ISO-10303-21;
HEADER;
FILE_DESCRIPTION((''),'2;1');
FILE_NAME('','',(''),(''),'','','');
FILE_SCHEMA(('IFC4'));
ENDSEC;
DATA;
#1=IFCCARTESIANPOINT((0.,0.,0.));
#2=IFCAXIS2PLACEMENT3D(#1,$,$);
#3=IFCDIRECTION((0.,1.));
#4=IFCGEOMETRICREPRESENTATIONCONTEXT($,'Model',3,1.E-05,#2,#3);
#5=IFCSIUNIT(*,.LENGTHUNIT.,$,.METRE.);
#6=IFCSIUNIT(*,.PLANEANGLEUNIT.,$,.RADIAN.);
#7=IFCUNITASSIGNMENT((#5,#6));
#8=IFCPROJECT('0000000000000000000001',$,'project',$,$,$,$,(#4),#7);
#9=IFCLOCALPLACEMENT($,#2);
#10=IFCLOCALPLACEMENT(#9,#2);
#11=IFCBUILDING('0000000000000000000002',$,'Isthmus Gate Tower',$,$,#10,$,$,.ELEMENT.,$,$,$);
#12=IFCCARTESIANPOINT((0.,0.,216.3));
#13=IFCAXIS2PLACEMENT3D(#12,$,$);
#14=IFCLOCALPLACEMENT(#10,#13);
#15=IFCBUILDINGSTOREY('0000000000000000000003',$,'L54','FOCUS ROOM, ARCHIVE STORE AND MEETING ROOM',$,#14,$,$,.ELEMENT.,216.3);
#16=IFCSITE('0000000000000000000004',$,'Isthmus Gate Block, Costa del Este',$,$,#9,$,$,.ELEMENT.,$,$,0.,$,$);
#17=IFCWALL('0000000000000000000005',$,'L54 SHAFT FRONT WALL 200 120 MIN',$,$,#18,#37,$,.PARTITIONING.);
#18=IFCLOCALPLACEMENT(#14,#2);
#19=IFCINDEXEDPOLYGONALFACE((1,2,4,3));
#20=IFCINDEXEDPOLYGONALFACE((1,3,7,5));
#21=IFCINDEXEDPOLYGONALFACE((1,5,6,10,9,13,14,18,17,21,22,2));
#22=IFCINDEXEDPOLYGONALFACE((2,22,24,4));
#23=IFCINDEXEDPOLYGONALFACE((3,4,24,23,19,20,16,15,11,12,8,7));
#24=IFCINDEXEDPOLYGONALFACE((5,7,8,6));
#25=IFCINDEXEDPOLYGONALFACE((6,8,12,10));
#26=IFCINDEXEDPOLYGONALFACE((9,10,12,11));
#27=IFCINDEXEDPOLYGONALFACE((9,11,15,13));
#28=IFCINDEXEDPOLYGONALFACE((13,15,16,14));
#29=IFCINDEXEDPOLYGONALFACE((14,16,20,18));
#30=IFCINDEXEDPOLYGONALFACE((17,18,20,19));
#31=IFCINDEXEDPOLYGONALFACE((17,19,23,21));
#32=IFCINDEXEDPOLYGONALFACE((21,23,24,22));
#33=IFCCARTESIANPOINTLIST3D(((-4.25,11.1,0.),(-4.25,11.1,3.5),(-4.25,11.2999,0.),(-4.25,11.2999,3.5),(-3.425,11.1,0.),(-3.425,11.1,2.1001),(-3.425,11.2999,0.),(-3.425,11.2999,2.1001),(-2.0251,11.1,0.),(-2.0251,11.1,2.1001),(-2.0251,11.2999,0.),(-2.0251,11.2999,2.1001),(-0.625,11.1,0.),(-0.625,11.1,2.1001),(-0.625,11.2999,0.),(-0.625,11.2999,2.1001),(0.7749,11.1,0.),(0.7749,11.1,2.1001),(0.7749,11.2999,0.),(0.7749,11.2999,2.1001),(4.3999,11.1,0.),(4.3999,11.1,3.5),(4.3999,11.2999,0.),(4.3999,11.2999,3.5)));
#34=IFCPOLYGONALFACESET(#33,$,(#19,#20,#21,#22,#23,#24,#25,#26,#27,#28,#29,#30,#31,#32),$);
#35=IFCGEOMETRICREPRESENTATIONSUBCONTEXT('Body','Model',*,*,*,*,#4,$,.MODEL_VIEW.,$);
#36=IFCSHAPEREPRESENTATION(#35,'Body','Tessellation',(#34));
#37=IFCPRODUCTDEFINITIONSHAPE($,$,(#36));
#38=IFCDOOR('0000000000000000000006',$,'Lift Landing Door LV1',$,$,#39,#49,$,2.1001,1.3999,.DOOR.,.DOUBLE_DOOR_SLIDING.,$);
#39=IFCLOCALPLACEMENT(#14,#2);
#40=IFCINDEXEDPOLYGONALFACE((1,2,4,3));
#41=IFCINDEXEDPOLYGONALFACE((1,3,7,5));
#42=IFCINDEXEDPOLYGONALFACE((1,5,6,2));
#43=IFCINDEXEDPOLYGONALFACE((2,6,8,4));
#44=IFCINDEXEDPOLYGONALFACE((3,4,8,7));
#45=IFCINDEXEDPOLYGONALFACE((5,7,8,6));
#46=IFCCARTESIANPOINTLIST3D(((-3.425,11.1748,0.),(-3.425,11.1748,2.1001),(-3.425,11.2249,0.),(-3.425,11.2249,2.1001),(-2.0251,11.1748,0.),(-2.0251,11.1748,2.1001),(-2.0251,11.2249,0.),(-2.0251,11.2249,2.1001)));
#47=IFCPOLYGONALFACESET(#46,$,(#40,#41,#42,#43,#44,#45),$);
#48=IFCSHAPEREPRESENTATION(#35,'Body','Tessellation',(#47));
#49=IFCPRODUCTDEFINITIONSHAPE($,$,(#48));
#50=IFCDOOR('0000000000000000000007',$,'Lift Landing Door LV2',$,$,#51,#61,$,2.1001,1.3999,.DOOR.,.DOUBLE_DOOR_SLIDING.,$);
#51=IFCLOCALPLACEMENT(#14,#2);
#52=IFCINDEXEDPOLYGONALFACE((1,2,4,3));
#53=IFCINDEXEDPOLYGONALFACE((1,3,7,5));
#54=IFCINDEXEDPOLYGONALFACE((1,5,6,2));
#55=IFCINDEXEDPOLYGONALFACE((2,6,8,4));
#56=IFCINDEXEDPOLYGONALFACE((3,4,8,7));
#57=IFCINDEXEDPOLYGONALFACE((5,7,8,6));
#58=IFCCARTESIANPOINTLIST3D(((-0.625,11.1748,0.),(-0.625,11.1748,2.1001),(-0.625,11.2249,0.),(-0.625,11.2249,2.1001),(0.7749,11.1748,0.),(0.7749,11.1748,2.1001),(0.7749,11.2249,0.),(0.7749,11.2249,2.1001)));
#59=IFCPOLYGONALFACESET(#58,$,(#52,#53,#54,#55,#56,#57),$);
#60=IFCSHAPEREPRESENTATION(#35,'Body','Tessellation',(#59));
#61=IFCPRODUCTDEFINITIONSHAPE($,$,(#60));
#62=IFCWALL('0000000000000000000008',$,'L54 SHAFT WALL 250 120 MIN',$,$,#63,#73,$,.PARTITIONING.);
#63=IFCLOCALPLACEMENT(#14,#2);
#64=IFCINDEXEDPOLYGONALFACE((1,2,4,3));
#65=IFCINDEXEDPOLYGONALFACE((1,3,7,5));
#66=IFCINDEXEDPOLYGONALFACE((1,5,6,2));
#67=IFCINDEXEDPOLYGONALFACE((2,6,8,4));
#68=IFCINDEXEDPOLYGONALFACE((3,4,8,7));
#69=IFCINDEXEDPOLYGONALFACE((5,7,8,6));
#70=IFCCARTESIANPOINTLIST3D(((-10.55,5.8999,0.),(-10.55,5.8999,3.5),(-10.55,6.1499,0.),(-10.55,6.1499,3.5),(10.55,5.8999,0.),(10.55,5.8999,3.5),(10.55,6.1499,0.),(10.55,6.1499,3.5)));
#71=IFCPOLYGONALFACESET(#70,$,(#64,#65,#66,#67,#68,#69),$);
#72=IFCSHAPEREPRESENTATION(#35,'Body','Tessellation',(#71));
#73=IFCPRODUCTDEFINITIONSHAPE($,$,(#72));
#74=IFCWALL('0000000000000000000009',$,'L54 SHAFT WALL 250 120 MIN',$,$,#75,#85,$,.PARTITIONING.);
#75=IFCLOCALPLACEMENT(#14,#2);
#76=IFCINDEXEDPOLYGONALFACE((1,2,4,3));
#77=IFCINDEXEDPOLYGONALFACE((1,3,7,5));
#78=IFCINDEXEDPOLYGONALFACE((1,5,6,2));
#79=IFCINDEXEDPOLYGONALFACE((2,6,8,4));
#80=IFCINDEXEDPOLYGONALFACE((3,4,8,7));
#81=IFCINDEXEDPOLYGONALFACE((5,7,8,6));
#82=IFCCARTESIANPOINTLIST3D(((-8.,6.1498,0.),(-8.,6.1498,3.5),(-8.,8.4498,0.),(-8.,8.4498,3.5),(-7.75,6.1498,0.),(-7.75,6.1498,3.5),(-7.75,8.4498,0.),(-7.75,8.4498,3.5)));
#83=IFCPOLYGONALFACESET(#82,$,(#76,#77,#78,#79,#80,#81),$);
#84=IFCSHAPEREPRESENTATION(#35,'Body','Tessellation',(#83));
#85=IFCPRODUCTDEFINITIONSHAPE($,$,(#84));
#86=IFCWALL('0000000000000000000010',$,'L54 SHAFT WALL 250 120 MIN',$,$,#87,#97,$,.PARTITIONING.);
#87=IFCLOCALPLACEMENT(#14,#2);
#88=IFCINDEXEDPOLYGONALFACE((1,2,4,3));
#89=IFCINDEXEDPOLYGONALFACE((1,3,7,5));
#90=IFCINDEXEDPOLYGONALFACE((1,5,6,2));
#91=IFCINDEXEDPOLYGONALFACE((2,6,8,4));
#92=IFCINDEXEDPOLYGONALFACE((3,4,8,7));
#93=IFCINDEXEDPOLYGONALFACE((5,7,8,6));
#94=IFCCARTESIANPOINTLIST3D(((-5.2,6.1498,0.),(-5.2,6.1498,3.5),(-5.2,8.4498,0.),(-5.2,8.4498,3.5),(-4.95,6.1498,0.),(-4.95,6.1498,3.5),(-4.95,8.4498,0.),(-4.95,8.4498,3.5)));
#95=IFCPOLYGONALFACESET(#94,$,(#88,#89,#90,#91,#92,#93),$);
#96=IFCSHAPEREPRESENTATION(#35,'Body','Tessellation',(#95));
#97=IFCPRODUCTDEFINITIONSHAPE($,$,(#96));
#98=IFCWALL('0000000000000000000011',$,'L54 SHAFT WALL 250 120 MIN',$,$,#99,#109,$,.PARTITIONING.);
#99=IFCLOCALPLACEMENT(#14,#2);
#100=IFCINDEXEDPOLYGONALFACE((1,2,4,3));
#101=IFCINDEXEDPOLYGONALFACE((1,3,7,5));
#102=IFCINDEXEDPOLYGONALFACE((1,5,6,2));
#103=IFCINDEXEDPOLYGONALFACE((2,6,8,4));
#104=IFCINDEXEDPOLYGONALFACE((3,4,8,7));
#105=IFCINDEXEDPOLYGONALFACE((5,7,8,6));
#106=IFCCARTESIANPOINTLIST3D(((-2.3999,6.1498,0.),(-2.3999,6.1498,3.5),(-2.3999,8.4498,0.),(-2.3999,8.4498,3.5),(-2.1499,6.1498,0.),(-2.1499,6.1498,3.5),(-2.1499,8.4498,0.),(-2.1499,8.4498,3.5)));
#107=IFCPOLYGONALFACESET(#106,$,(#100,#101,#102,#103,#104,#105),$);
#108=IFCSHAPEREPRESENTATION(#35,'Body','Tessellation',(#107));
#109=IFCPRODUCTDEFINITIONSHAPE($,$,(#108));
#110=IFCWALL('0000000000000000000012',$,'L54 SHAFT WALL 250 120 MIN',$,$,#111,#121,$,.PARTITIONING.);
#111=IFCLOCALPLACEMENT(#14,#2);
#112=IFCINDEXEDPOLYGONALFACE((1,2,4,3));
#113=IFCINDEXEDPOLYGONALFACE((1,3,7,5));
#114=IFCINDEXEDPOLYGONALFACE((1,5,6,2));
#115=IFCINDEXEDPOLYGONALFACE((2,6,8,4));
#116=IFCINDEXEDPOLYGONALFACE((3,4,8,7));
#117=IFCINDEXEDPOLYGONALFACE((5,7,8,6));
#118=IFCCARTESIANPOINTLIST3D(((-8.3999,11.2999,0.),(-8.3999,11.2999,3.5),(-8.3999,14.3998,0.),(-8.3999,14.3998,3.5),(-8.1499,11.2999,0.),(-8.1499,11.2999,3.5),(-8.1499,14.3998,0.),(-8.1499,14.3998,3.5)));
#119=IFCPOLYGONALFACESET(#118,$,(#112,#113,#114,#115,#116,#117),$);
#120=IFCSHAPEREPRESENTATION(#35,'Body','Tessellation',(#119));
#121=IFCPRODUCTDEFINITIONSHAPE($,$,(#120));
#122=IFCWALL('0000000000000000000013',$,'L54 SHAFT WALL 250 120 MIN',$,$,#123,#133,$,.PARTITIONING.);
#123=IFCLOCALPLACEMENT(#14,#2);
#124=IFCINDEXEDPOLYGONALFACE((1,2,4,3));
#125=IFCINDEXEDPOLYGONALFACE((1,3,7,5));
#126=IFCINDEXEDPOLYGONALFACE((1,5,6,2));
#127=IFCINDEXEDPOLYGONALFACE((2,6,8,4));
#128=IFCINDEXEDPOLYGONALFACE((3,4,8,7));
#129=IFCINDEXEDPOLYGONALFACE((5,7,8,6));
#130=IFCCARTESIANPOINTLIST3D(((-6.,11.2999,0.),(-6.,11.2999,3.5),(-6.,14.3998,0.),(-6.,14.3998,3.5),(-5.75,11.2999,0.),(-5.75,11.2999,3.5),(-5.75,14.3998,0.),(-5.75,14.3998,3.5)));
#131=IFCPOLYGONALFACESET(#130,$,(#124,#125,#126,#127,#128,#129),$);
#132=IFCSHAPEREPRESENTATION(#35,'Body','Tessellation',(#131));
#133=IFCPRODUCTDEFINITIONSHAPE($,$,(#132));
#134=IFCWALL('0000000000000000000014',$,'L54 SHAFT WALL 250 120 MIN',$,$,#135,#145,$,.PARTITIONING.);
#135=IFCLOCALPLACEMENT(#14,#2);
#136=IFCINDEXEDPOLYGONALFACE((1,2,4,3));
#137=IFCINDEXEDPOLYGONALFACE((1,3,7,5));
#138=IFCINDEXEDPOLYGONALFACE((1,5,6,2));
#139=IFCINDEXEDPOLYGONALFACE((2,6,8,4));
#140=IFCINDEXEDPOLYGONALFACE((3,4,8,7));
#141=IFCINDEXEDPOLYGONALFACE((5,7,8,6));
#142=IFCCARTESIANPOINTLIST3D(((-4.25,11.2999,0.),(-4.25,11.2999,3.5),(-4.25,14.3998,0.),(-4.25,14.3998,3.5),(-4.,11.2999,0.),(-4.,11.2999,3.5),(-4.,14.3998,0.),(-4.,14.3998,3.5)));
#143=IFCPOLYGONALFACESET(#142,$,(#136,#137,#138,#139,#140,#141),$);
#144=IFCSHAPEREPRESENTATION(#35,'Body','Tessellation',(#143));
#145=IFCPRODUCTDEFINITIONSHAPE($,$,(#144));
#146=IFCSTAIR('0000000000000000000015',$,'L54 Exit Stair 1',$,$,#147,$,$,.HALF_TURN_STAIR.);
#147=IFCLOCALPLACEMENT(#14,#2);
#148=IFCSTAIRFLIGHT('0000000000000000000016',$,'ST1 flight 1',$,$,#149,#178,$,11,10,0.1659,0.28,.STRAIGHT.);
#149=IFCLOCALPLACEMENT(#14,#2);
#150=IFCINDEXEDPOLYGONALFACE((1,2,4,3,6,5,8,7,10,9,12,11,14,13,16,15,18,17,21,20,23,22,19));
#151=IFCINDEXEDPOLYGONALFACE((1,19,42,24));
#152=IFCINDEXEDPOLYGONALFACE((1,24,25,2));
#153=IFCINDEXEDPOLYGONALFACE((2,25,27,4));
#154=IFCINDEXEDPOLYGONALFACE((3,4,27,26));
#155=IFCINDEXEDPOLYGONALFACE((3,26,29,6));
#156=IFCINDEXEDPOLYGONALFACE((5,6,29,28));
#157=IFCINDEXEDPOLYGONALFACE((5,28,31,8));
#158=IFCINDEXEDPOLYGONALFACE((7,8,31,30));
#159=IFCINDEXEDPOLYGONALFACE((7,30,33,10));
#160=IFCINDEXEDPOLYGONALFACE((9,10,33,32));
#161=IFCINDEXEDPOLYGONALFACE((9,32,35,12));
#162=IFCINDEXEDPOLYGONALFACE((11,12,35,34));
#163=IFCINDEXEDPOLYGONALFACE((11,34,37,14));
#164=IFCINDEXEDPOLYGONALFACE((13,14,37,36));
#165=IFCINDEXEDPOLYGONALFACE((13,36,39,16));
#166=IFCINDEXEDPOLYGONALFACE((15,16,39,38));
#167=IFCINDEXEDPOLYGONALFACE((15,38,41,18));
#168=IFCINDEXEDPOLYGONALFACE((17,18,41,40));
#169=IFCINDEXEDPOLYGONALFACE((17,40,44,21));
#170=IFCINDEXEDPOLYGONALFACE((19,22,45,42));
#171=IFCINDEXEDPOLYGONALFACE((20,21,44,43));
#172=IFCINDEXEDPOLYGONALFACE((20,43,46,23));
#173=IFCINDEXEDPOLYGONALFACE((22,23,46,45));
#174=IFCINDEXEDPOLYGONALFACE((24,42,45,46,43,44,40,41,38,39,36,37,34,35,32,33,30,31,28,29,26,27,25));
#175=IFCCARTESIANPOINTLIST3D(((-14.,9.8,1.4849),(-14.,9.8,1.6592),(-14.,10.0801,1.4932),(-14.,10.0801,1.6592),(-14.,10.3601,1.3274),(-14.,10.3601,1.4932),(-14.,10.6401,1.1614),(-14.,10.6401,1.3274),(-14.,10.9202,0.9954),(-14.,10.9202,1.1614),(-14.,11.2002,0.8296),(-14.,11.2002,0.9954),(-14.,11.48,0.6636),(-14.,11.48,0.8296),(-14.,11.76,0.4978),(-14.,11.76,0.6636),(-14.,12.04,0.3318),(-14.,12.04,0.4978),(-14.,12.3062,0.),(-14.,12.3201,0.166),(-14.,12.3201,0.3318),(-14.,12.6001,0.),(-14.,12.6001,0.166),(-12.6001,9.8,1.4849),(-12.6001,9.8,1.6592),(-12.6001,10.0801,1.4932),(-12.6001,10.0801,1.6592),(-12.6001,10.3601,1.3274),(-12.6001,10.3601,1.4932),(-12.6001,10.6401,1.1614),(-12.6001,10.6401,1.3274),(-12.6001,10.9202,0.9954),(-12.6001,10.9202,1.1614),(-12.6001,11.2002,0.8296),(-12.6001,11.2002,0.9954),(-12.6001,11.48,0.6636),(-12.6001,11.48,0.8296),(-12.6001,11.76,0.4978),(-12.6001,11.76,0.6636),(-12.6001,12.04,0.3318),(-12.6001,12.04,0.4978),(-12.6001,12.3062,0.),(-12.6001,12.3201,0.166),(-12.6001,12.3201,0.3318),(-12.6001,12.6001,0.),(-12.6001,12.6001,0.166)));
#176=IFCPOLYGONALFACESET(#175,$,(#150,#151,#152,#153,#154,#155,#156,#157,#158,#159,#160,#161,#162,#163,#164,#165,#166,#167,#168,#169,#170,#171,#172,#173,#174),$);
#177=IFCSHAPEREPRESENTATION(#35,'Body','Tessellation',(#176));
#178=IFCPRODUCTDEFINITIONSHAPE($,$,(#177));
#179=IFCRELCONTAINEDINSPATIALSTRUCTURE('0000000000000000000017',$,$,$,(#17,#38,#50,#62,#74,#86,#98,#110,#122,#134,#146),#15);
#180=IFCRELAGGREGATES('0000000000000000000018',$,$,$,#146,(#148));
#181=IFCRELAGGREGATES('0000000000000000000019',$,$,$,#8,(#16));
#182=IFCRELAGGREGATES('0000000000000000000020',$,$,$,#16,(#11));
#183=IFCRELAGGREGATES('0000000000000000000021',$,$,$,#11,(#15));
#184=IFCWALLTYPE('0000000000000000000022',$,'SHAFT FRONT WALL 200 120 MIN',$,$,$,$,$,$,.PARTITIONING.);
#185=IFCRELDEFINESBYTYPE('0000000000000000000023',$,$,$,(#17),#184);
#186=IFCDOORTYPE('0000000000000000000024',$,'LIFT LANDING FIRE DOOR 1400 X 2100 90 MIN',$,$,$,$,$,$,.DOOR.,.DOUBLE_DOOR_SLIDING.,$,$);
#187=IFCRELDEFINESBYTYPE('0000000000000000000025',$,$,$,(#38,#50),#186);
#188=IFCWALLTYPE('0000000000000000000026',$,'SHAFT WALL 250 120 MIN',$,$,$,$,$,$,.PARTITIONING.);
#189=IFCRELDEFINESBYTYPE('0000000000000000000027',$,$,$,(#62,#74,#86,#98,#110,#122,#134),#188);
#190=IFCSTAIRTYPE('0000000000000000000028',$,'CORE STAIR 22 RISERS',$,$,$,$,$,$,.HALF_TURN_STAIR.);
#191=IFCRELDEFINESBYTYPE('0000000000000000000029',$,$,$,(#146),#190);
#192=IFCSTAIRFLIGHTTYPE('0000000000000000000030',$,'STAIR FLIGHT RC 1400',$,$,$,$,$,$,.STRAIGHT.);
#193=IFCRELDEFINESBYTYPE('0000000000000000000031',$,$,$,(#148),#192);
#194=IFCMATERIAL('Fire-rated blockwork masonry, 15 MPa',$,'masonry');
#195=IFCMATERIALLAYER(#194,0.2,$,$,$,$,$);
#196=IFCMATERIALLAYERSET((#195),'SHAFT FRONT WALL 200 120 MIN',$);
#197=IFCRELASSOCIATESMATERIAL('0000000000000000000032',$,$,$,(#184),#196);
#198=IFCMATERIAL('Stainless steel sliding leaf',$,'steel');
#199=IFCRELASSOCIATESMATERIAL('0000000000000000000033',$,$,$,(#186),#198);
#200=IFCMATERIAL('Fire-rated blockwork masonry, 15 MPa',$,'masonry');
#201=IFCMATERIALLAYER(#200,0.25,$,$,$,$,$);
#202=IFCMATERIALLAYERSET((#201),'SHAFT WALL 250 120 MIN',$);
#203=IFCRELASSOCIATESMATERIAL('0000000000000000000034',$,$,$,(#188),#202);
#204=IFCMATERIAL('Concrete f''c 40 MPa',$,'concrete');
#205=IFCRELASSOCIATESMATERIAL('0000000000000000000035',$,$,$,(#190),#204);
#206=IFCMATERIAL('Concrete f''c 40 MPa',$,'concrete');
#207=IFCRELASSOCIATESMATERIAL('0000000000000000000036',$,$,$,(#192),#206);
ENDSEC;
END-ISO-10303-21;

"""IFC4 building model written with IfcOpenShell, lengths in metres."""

from ifc_helpers import new_model, si_unit, direction, frame, frame_2d, origin, place, context, subcontext, project, spatial, polyline, rectangle, outline, extrude, material, layer, layer_set, type_object, element, fill, aggregate, save


model = new_model("IFC4")

# Units and contexts
model_context = context("Model", 3, precision=1e-05, world=origin(), true_north=direction((0.0, 1.0)))
body_context = subcontext(model_context, "Body", "Model", "MODEL_VIEW")
ifc_project = project(units=[si_unit("LENGTHUNIT", "METRE"), si_unit("PLANEANGLEUNIT", "RADIAN")], contexts=[model_context])

# Site, building, storey
site_placement = place(None, origin())
site = spatial("IfcSite", under=ifc_project, at=site_placement, Name="Isthmus Gate Block, Costa del Este", CompositionType="ELEMENT", RefElevation=0.0)
building_placement = place(site_placement, origin())
building = spatial("IfcBuilding", under=site, at=building_placement, Name="Isthmus Gate Tower", CompositionType="ELEMENT")
storey_placement = place(building_placement, frame((0.0, 0.0, 216.3)))
storey = spatial("IfcBuildingStorey", under=building, at=storey_placement, Name="L54", Description="FOCUS ROOM, ARCHIVE STORE AND MEETING ROOM", CompositionType="ELEMENT", Elevation=216.3)

# Shared definitions
ifc_material_1 = material(Name="Fire-rated blockwork masonry, 15 MPa", Category="masonry")
ifc_layer_1 = layer(ifc_material_1, 0.2)
ifc_layer_set_1 = layer_set([ifc_layer_1], Name="SHAFT FRONT WALL 200 120 MIN")
wall_type_1 = type_object("IfcWallType", Name="SHAFT FRONT WALL 200 120 MIN", PredefinedType="PARTITIONING", material=ifc_layer_set_1)

# Wall, openings, doors
wall_1_placement = place(storey_placement, frame((-4.25, 11.2, 0.0), z_axis=(0.0, 0.0, 1.0), x_axis=(1.0, 0.0, 0.0)))
wall_1 = element("IfcWall", 1, at=wall_1_placement, inside=storey, type_object=wall_type_1, Name="L54 SHAFT FRONT WALL 200 120 MIN", PredefinedType="PARTITIONING", context=body_context, shape_type="SweptSolid", body=[
    extrude(rectangle(XDim=8.6499, YDim=0.2, at=frame_2d((4.325, 0.0))), origin(), (0.0, 0.0, 1.0), 3.5),
])
opening_1_placement = place(wall_1_placement, frame((0.825, 0.0, 0.0)))
opening_1 = element("IfcOpeningElement", 2, at=opening_1_placement, cuts=wall_1, PredefinedType="OPENING", context=body_context, shape_type="SweptSolid", body=[
    extrude(rectangle(XDim=1.3999, YDim=2.1001, at=frame_2d((0.7, 1.05))), frame((0.0, 0.1099, 0.0), z_axis=(0.0, -1.0, 0.0), x_axis=(1.0, 0.0, 0.0)), (0.0, 0.0, 1.0), 0.22),
])
opening_2_placement = place(wall_1_placement, frame((3.625, 0.0, 0.0)))
opening_2 = element("IfcOpeningElement", 3, at=opening_2_placement, cuts=wall_1, PredefinedType="OPENING", context=body_context, shape_type="SweptSolid", body=[
    extrude(rectangle(XDim=1.3999, YDim=2.1001, at=frame_2d((0.7, 1.05))), frame((0.0, 0.1099, 0.0), z_axis=(0.0, -1.0, 0.0), x_axis=(1.0, 0.0, 0.0)), (0.0, 0.0, 1.0), 0.22),
])
ifc_material_2 = material(Name="Stainless steel sliding leaf", Category="steel")
door_type_1 = type_object("IfcDoorType", Name="LIFT LANDING FIRE DOOR 1400 X 2100 90 MIN", OperationType="DOUBLE_DOOR_SLIDING", PredefinedType="DOOR", material=ifc_material_2)
door_1_placement = place(opening_1_placement, origin())
door_1 = element("IfcDoor", 4, at=door_1_placement, inside=storey, type_object=door_type_1, Name="Lift Landing Door LV1", OperationType="DOUBLE_DOOR_SLIDING", OverallHeight=2.1001, OverallWidth=1.3999, PredefinedType="DOOR", context=body_context, shape_type="SweptSolid", body=[
    extrude(rectangle(XDim=1.3999, YDim=2.1001, at=frame_2d((0.7, 1.05))), frame((0.0, 0.0249, 0.0), z_axis=(0.0, -1.0, 0.0), x_axis=(1.0, 0.0, 0.0)), (0.0, 0.0, 1.0), 0.05),
])
fill(opening_1, door_1)
door_2_placement = place(opening_2_placement, origin())
door_2 = element("IfcDoor", 5, at=door_2_placement, inside=storey, type_object=door_type_1, Name="Lift Landing Door LV2", OperationType="DOUBLE_DOOR_SLIDING", OverallHeight=2.1001, OverallWidth=1.3999, PredefinedType="DOOR", context=body_context, shape_type="SweptSolid", body=[
    extrude(rectangle(XDim=1.3999, YDim=2.1001, at=frame_2d((0.7, 1.05))), frame((0.0, 0.0249, 0.0), z_axis=(0.0, -1.0, 0.0), x_axis=(1.0, 0.0, 0.0)), (0.0, 0.0, 1.0), 0.05),
])
fill(opening_2, door_2)

# Walls
ifc_material_3 = material(Name="Fire-rated blockwork masonry, 15 MPa", Category="masonry")
ifc_layer_2 = layer(ifc_material_3, 0.25)
ifc_layer_set_2 = layer_set([ifc_layer_2], Name="SHAFT WALL 250 120 MIN")
wall_type_2 = type_object("IfcWallType", Name="SHAFT WALL 250 120 MIN", PredefinedType="PARTITIONING", material=ifc_layer_set_2)
wall_2_placement = place(storey_placement, frame((-10.55, 6.0249, 0.0), z_axis=(0.0, 0.0, 1.0), x_axis=(1.0, 0.0, 0.0)))
element("IfcWall", 6, at=wall_2_placement, inside=storey, type_object=wall_type_2, Name="L54 SHAFT WALL 250 120 MIN", PredefinedType="PARTITIONING", context=body_context, shape_type="SweptSolid", body=[
    extrude(rectangle(XDim=21.1001, YDim=0.25, at=frame_2d((10.55, 0.0))), origin(), (0.0, 0.0, 1.0), 3.5),
])
for number, where, z_axis, x_axis, name in (
    (7, (-7.875, 6.1499, 0.0), (0.0, 0.0, 1.0), (0.0, 1.0, 0.0), "L54 SHAFT WALL 250 120 MIN"),
    (8, (-5.075, 6.1499, 0.0), (0.0, 0.0, 1.0), (0.0, 1.0, 0.0), "L54 SHAFT WALL 250 120 MIN"),
    (9, (-2.2749, 6.1499, 0.0), (0.0, 0.0, 1.0), (0.0, 1.0, 0.0), "L54 SHAFT WALL 250 120 MIN"),
):
    element("IfcWall", number, at=place(storey_placement, frame(where, z_axis=z_axis, x_axis=x_axis)), inside=storey, type_object=wall_type_2, Name=name, PredefinedType="PARTITIONING", context=body_context, shape_type="SweptSolid", body=[
        extrude(rectangle(XDim=2.3, YDim=0.25, at=frame_2d((1.1499, 0.0))), origin(), (0.0, 0.0, 1.0), 3.5),
    ])
for number, where, z_axis, x_axis, name in (
    (10, (-8.2749, 11.3, 0.0), (0.0, 0.0, 1.0), (0.0, 1.0, 0.0), "L54 SHAFT WALL 250 120 MIN"),
    (11, (-5.875, 11.3, 0.0), (0.0, 0.0, 1.0), (0.0, 1.0, 0.0), "L54 SHAFT WALL 250 120 MIN"),
    (12, (-4.125, 11.3, 0.0), (0.0, 0.0, 1.0), (0.0, 1.0, 0.0), "L54 SHAFT WALL 250 120 MIN"),
):
    element("IfcWall", number, at=place(storey_placement, frame(where, z_axis=z_axis, x_axis=x_axis)), inside=storey, type_object=wall_type_2, Name=name, PredefinedType="PARTITIONING", context=body_context, shape_type="SweptSolid", body=[
        extrude(rectangle(XDim=3.0999, YDim=0.25, at=frame_2d((1.5498, 0.0))), origin(), (0.0, 0.0, 1.0), 3.5),
    ])

# Stair, stair flight
ifc_material_4 = material(Name="Concrete f'c 40 MPa", Category="concrete")
stair_type = type_object("IfcStairType", Name="CORE STAIR 22 RISERS", PredefinedType="HALF_TURN_STAIR", material=ifc_material_4)
stair_1_placement = place(storey_placement, origin())
stair_1 = element("IfcStair", 13, at=stair_1_placement, inside=storey, type_object=stair_type, Name="L54 Exit Stair 1", PredefinedType="HALF_TURN_STAIR")
ifc_material_5 = material(Name="Concrete f'c 40 MPa", Category="concrete")
stair_flight_type = type_object("IfcStairFlightType", Name="STAIR FLIGHT RC 1400", PredefinedType="STRAIGHT", material=ifc_material_5)
stair_flight_1_placement = place(storey_placement, frame((-13.3, 12.6001, 0.0), z_axis=(0.0, 0.0, 1.0), x_axis=(0.0, -1.0, 0.0)))
stair_flight_1 = element("IfcStairFlight", 14, at=stair_flight_1_placement, type_object=stair_flight_type, Name="ST1 flight 1", NumberOfRisers=11, NumberOfTreads=10, PredefinedType="STRAIGHT", RiserHeight=0.1659, TreadLength=0.28, context=body_context, shape_type="SweptSolid", body=[
    extrude(outline(polyline([(0.0, 0.0), (0.0, 0.166), (0.28, 0.166), (0.28, 0.3318), (0.5601, 0.3318), (0.5601, 0.4978), (0.8401, 0.4978), (0.8401, 0.6636), (1.1201, 0.6636), (1.1201, 0.8296), (1.3999, 0.8296), (1.3999, 0.9954), (1.6799, 0.9954), (1.6799, 1.1614), (1.96, 1.1614), (1.96, 1.3274), (2.24, 1.3274), (2.24, 1.4932), (2.52, 1.4932), (2.52, 1.6592), (2.8, 1.6592), (2.8, 1.825), (2.8, 1.4849), (0.2939, 0.0), (0.0, 0.0)])), frame((0.0, 0.7, 0.0), z_axis=(0.0, -1.0, 0.0), x_axis=(1.0, 0.0, 0.0)), (0.0, 0.0, 1.0), 1.3999),
])
aggregate(stair_1, [stair_flight_1])

save(model, "model.ifc")
